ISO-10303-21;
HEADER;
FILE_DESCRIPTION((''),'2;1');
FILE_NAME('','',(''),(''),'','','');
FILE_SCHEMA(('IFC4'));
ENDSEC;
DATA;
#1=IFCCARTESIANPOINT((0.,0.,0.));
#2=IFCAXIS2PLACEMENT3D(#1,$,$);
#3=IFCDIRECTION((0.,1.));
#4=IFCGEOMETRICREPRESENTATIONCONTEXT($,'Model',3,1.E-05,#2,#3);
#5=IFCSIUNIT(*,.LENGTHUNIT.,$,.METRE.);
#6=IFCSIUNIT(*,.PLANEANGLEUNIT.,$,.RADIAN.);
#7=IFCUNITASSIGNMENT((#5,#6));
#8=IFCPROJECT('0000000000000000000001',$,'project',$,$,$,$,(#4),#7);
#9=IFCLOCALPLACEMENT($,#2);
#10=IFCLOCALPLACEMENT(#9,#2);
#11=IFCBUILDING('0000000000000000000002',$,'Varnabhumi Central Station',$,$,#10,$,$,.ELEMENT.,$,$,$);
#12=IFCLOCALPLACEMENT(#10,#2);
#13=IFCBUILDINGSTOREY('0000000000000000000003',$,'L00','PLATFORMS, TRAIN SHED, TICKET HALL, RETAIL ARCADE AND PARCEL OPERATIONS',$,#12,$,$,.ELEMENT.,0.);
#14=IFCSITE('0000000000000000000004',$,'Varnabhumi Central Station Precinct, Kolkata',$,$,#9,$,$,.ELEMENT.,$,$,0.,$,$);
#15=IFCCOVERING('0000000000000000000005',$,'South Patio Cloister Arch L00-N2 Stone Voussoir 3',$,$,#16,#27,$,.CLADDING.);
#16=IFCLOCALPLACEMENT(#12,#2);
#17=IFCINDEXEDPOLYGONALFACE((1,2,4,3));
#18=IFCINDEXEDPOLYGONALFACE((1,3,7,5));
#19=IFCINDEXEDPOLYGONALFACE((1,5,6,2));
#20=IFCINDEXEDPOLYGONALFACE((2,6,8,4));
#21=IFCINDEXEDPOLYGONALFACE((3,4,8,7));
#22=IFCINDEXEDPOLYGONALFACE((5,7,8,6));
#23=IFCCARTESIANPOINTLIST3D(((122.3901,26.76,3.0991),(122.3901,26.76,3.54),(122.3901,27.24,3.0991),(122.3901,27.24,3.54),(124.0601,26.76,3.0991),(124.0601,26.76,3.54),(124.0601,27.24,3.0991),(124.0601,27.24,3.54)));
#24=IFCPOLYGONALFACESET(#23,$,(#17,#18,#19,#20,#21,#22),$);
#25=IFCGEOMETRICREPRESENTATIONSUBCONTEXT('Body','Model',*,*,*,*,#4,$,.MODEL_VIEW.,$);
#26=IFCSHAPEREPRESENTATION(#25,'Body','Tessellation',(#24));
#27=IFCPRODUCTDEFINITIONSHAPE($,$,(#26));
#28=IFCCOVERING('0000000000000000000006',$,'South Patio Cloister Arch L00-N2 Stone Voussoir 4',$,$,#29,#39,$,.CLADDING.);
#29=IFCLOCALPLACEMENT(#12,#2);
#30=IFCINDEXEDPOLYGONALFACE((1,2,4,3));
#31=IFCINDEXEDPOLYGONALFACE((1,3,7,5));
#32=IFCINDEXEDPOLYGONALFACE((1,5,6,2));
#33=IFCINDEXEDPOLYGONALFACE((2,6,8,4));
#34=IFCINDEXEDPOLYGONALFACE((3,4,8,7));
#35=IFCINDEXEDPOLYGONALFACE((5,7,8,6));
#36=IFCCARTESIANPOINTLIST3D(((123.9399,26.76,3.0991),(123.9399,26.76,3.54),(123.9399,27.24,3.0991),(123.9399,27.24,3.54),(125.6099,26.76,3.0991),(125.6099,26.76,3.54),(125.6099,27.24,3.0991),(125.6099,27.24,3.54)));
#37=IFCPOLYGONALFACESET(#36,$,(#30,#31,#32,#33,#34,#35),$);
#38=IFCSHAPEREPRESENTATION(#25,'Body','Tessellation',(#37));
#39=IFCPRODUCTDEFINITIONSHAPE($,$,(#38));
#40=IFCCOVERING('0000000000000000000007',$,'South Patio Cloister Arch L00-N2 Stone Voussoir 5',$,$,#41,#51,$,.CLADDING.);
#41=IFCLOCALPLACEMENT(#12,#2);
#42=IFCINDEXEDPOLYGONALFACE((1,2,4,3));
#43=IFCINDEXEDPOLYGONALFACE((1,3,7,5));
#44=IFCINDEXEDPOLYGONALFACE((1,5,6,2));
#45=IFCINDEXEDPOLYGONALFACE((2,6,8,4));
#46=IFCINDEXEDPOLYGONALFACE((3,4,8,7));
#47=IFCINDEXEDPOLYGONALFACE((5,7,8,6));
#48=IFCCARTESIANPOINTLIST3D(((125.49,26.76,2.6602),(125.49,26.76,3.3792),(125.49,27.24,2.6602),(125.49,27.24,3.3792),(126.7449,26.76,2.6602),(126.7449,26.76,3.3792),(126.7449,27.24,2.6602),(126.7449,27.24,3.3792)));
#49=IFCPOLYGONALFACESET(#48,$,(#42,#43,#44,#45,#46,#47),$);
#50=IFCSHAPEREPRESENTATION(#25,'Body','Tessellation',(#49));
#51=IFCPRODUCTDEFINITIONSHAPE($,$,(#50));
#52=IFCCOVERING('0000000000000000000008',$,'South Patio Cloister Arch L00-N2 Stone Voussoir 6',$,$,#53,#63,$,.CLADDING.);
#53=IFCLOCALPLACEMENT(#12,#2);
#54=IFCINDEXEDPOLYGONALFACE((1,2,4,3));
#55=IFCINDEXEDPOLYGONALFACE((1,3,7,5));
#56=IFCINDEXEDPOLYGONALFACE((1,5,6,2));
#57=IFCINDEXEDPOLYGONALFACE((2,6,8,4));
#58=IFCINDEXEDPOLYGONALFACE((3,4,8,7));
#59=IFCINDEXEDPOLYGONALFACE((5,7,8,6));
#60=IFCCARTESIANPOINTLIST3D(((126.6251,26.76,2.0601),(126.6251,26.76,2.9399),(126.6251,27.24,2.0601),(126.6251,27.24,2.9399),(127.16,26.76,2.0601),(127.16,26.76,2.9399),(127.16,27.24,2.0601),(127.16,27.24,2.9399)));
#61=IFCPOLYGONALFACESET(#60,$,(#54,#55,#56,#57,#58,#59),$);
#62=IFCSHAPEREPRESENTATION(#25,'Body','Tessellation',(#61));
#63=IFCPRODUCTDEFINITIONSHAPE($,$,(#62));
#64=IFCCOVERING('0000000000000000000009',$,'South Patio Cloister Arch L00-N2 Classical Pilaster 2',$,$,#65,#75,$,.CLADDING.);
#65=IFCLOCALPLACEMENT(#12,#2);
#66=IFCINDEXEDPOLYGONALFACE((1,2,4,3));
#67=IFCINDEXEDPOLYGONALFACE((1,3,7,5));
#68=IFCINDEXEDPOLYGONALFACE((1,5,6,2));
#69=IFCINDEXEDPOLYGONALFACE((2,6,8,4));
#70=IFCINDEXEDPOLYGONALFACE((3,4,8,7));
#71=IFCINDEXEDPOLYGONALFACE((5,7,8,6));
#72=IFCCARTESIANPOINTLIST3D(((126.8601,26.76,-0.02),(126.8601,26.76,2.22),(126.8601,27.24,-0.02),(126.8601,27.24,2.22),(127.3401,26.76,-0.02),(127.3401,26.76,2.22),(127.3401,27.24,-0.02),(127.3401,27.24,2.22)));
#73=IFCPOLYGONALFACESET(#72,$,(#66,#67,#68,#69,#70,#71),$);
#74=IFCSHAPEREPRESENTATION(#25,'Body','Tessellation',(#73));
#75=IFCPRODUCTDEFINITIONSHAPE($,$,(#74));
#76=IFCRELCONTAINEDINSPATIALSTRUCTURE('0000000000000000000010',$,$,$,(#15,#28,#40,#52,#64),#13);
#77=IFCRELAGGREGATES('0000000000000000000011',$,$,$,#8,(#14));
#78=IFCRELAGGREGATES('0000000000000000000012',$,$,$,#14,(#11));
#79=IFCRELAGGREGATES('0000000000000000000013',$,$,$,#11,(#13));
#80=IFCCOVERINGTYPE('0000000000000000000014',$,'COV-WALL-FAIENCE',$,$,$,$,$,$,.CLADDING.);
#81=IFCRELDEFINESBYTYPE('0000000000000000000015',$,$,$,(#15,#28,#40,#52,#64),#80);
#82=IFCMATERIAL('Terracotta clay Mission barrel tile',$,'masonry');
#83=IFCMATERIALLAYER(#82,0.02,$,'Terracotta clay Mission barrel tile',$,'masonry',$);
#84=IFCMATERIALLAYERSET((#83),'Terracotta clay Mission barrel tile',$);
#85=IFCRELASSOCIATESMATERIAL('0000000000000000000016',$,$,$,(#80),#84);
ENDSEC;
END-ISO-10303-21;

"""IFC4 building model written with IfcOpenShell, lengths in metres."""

from ifc_helpers import new_model, si_unit, direction, frame, origin, origin_2d, place, context, subcontext, project, spatial, rectangle, extrude, material, layer, layer_set, type_object, element, save


model = new_model("IFC4")

# Units and contexts
model_context = context("Model", 3, precision=1e-05, world=origin(), true_north=direction((0.0, 1.0)))
body_context = subcontext(model_context, "Body", "Model", "MODEL_VIEW")
ifc_project = project(units=[si_unit("LENGTHUNIT", "METRE"), si_unit("PLANEANGLEUNIT", "RADIAN")], contexts=[model_context])

# Site, building, storey
site_placement = place(None, origin())
site = spatial("IfcSite", under=ifc_project, at=site_placement, Name="Varnabhumi Central Station Precinct, Kolkata", CompositionType="ELEMENT", RefElevation=0.0)
building_placement = place(site_placement, origin())
building = spatial("IfcBuilding", under=site, at=building_placement, Name="Varnabhumi Central Station", CompositionType="ELEMENT")
storey_placement = place(building_placement, origin())
storey = spatial("IfcBuildingStorey", under=building, at=storey_placement, Name="L00", Description="PLATFORMS, TRAIN SHED, TICKET HALL, RETAIL ARCADE AND PARCEL OPERATIONS", CompositionType="ELEMENT", Elevation=0.0)

# Coverings
ifc_material_1 = material(Name="Terracotta clay Mission barrel tile", Category="masonry")
ifc_layer_1 = layer(ifc_material_1, 0.02, Name="Terracotta clay Mission barrel tile", Category="masonry")
ifc_layer_set_1 = layer_set([ifc_layer_1], Name="Terracotta clay Mission barrel tile")
covering_type = type_object("IfcCoveringType", Name="COV-WALL-FAIENCE", PredefinedType="CLADDING", material=ifc_layer_set_1)
for number, where, z_axis, x_axis, name in (
    (1, (123.2251, 27.0, 3.0991), (0.0, 0.0, 1.0), (1.0, 0.0, 0.0), "South Patio Cloister Arch L00-N2 Stone Voussoir 3"),
    (2, (124.7749, 27.0, 3.0991), (0.0, 0.0, 1.0), (1.0, 0.0, 0.0), "South Patio Cloister Arch L00-N2 Stone Voussoir 4"),
):
    element("IfcCovering", number, at=place(storey_placement, frame(where, z_axis=z_axis, x_axis=x_axis)), inside=storey, type_object=covering_type, Name=name, PredefinedType="CLADDING", context=body_context, shape_type="SweptSolid", body=[
        extrude(rectangle(XDim=1.6699, YDim=0.48, at=origin_2d()), origin(), (0.0, 0.0, 1.0), 0.4409),
    ])
covering_1_placement = place(storey_placement, frame((126.1174, 27.0, 2.6602), z_axis=(0.0, 0.0, 1.0), x_axis=(1.0, 0.0, 0.0)))
element("IfcCovering", 3, at=covering_1_placement, inside=storey, type_object=covering_type, Name="South Patio Cloister Arch L00-N2 Stone Voussoir 5", PredefinedType="CLADDING", context=body_context, shape_type="SweptSolid", body=[
    extrude(rectangle(XDim=1.2549, YDim=0.48, at=origin_2d()), origin(), (0.0, 0.0, 1.0), 0.719),
])
covering_2_placement = place(storey_placement, frame((126.8926, 27.0, 2.0601), z_axis=(0.0, 0.0, 1.0), x_axis=(1.0, 0.0, 0.0)))
element("IfcCovering", 4, at=covering_2_placement, inside=storey, type_object=covering_type, Name="South Patio Cloister Arch L00-N2 Stone Voussoir 6", PredefinedType="CLADDING", context=body_context, shape_type="SweptSolid", body=[
    extrude(rectangle(XDim=0.5349, YDim=0.48, at=origin_2d()), origin(), (0.0, 0.0, 1.0), 0.8799),
])
covering_3_placement = place(storey_placement, frame((127.1001, 27.0, -0.02), z_axis=(0.0, 0.0, 1.0), x_axis=(1.0, 0.0, 0.0)))
element("IfcCovering", 5, at=covering_3_placement, inside=storey, type_object=covering_type, Name="South Patio Cloister Arch L00-N2 Classical Pilaster 2", PredefinedType="CLADDING", context=body_context, shape_type="SweptSolid", body=[
    extrude(rectangle(XDim=0.48, YDim=0.48, at=origin_2d()), origin(), (0.0, 0.0, 1.0), 2.24),
])

save(model, "model.ifc")
